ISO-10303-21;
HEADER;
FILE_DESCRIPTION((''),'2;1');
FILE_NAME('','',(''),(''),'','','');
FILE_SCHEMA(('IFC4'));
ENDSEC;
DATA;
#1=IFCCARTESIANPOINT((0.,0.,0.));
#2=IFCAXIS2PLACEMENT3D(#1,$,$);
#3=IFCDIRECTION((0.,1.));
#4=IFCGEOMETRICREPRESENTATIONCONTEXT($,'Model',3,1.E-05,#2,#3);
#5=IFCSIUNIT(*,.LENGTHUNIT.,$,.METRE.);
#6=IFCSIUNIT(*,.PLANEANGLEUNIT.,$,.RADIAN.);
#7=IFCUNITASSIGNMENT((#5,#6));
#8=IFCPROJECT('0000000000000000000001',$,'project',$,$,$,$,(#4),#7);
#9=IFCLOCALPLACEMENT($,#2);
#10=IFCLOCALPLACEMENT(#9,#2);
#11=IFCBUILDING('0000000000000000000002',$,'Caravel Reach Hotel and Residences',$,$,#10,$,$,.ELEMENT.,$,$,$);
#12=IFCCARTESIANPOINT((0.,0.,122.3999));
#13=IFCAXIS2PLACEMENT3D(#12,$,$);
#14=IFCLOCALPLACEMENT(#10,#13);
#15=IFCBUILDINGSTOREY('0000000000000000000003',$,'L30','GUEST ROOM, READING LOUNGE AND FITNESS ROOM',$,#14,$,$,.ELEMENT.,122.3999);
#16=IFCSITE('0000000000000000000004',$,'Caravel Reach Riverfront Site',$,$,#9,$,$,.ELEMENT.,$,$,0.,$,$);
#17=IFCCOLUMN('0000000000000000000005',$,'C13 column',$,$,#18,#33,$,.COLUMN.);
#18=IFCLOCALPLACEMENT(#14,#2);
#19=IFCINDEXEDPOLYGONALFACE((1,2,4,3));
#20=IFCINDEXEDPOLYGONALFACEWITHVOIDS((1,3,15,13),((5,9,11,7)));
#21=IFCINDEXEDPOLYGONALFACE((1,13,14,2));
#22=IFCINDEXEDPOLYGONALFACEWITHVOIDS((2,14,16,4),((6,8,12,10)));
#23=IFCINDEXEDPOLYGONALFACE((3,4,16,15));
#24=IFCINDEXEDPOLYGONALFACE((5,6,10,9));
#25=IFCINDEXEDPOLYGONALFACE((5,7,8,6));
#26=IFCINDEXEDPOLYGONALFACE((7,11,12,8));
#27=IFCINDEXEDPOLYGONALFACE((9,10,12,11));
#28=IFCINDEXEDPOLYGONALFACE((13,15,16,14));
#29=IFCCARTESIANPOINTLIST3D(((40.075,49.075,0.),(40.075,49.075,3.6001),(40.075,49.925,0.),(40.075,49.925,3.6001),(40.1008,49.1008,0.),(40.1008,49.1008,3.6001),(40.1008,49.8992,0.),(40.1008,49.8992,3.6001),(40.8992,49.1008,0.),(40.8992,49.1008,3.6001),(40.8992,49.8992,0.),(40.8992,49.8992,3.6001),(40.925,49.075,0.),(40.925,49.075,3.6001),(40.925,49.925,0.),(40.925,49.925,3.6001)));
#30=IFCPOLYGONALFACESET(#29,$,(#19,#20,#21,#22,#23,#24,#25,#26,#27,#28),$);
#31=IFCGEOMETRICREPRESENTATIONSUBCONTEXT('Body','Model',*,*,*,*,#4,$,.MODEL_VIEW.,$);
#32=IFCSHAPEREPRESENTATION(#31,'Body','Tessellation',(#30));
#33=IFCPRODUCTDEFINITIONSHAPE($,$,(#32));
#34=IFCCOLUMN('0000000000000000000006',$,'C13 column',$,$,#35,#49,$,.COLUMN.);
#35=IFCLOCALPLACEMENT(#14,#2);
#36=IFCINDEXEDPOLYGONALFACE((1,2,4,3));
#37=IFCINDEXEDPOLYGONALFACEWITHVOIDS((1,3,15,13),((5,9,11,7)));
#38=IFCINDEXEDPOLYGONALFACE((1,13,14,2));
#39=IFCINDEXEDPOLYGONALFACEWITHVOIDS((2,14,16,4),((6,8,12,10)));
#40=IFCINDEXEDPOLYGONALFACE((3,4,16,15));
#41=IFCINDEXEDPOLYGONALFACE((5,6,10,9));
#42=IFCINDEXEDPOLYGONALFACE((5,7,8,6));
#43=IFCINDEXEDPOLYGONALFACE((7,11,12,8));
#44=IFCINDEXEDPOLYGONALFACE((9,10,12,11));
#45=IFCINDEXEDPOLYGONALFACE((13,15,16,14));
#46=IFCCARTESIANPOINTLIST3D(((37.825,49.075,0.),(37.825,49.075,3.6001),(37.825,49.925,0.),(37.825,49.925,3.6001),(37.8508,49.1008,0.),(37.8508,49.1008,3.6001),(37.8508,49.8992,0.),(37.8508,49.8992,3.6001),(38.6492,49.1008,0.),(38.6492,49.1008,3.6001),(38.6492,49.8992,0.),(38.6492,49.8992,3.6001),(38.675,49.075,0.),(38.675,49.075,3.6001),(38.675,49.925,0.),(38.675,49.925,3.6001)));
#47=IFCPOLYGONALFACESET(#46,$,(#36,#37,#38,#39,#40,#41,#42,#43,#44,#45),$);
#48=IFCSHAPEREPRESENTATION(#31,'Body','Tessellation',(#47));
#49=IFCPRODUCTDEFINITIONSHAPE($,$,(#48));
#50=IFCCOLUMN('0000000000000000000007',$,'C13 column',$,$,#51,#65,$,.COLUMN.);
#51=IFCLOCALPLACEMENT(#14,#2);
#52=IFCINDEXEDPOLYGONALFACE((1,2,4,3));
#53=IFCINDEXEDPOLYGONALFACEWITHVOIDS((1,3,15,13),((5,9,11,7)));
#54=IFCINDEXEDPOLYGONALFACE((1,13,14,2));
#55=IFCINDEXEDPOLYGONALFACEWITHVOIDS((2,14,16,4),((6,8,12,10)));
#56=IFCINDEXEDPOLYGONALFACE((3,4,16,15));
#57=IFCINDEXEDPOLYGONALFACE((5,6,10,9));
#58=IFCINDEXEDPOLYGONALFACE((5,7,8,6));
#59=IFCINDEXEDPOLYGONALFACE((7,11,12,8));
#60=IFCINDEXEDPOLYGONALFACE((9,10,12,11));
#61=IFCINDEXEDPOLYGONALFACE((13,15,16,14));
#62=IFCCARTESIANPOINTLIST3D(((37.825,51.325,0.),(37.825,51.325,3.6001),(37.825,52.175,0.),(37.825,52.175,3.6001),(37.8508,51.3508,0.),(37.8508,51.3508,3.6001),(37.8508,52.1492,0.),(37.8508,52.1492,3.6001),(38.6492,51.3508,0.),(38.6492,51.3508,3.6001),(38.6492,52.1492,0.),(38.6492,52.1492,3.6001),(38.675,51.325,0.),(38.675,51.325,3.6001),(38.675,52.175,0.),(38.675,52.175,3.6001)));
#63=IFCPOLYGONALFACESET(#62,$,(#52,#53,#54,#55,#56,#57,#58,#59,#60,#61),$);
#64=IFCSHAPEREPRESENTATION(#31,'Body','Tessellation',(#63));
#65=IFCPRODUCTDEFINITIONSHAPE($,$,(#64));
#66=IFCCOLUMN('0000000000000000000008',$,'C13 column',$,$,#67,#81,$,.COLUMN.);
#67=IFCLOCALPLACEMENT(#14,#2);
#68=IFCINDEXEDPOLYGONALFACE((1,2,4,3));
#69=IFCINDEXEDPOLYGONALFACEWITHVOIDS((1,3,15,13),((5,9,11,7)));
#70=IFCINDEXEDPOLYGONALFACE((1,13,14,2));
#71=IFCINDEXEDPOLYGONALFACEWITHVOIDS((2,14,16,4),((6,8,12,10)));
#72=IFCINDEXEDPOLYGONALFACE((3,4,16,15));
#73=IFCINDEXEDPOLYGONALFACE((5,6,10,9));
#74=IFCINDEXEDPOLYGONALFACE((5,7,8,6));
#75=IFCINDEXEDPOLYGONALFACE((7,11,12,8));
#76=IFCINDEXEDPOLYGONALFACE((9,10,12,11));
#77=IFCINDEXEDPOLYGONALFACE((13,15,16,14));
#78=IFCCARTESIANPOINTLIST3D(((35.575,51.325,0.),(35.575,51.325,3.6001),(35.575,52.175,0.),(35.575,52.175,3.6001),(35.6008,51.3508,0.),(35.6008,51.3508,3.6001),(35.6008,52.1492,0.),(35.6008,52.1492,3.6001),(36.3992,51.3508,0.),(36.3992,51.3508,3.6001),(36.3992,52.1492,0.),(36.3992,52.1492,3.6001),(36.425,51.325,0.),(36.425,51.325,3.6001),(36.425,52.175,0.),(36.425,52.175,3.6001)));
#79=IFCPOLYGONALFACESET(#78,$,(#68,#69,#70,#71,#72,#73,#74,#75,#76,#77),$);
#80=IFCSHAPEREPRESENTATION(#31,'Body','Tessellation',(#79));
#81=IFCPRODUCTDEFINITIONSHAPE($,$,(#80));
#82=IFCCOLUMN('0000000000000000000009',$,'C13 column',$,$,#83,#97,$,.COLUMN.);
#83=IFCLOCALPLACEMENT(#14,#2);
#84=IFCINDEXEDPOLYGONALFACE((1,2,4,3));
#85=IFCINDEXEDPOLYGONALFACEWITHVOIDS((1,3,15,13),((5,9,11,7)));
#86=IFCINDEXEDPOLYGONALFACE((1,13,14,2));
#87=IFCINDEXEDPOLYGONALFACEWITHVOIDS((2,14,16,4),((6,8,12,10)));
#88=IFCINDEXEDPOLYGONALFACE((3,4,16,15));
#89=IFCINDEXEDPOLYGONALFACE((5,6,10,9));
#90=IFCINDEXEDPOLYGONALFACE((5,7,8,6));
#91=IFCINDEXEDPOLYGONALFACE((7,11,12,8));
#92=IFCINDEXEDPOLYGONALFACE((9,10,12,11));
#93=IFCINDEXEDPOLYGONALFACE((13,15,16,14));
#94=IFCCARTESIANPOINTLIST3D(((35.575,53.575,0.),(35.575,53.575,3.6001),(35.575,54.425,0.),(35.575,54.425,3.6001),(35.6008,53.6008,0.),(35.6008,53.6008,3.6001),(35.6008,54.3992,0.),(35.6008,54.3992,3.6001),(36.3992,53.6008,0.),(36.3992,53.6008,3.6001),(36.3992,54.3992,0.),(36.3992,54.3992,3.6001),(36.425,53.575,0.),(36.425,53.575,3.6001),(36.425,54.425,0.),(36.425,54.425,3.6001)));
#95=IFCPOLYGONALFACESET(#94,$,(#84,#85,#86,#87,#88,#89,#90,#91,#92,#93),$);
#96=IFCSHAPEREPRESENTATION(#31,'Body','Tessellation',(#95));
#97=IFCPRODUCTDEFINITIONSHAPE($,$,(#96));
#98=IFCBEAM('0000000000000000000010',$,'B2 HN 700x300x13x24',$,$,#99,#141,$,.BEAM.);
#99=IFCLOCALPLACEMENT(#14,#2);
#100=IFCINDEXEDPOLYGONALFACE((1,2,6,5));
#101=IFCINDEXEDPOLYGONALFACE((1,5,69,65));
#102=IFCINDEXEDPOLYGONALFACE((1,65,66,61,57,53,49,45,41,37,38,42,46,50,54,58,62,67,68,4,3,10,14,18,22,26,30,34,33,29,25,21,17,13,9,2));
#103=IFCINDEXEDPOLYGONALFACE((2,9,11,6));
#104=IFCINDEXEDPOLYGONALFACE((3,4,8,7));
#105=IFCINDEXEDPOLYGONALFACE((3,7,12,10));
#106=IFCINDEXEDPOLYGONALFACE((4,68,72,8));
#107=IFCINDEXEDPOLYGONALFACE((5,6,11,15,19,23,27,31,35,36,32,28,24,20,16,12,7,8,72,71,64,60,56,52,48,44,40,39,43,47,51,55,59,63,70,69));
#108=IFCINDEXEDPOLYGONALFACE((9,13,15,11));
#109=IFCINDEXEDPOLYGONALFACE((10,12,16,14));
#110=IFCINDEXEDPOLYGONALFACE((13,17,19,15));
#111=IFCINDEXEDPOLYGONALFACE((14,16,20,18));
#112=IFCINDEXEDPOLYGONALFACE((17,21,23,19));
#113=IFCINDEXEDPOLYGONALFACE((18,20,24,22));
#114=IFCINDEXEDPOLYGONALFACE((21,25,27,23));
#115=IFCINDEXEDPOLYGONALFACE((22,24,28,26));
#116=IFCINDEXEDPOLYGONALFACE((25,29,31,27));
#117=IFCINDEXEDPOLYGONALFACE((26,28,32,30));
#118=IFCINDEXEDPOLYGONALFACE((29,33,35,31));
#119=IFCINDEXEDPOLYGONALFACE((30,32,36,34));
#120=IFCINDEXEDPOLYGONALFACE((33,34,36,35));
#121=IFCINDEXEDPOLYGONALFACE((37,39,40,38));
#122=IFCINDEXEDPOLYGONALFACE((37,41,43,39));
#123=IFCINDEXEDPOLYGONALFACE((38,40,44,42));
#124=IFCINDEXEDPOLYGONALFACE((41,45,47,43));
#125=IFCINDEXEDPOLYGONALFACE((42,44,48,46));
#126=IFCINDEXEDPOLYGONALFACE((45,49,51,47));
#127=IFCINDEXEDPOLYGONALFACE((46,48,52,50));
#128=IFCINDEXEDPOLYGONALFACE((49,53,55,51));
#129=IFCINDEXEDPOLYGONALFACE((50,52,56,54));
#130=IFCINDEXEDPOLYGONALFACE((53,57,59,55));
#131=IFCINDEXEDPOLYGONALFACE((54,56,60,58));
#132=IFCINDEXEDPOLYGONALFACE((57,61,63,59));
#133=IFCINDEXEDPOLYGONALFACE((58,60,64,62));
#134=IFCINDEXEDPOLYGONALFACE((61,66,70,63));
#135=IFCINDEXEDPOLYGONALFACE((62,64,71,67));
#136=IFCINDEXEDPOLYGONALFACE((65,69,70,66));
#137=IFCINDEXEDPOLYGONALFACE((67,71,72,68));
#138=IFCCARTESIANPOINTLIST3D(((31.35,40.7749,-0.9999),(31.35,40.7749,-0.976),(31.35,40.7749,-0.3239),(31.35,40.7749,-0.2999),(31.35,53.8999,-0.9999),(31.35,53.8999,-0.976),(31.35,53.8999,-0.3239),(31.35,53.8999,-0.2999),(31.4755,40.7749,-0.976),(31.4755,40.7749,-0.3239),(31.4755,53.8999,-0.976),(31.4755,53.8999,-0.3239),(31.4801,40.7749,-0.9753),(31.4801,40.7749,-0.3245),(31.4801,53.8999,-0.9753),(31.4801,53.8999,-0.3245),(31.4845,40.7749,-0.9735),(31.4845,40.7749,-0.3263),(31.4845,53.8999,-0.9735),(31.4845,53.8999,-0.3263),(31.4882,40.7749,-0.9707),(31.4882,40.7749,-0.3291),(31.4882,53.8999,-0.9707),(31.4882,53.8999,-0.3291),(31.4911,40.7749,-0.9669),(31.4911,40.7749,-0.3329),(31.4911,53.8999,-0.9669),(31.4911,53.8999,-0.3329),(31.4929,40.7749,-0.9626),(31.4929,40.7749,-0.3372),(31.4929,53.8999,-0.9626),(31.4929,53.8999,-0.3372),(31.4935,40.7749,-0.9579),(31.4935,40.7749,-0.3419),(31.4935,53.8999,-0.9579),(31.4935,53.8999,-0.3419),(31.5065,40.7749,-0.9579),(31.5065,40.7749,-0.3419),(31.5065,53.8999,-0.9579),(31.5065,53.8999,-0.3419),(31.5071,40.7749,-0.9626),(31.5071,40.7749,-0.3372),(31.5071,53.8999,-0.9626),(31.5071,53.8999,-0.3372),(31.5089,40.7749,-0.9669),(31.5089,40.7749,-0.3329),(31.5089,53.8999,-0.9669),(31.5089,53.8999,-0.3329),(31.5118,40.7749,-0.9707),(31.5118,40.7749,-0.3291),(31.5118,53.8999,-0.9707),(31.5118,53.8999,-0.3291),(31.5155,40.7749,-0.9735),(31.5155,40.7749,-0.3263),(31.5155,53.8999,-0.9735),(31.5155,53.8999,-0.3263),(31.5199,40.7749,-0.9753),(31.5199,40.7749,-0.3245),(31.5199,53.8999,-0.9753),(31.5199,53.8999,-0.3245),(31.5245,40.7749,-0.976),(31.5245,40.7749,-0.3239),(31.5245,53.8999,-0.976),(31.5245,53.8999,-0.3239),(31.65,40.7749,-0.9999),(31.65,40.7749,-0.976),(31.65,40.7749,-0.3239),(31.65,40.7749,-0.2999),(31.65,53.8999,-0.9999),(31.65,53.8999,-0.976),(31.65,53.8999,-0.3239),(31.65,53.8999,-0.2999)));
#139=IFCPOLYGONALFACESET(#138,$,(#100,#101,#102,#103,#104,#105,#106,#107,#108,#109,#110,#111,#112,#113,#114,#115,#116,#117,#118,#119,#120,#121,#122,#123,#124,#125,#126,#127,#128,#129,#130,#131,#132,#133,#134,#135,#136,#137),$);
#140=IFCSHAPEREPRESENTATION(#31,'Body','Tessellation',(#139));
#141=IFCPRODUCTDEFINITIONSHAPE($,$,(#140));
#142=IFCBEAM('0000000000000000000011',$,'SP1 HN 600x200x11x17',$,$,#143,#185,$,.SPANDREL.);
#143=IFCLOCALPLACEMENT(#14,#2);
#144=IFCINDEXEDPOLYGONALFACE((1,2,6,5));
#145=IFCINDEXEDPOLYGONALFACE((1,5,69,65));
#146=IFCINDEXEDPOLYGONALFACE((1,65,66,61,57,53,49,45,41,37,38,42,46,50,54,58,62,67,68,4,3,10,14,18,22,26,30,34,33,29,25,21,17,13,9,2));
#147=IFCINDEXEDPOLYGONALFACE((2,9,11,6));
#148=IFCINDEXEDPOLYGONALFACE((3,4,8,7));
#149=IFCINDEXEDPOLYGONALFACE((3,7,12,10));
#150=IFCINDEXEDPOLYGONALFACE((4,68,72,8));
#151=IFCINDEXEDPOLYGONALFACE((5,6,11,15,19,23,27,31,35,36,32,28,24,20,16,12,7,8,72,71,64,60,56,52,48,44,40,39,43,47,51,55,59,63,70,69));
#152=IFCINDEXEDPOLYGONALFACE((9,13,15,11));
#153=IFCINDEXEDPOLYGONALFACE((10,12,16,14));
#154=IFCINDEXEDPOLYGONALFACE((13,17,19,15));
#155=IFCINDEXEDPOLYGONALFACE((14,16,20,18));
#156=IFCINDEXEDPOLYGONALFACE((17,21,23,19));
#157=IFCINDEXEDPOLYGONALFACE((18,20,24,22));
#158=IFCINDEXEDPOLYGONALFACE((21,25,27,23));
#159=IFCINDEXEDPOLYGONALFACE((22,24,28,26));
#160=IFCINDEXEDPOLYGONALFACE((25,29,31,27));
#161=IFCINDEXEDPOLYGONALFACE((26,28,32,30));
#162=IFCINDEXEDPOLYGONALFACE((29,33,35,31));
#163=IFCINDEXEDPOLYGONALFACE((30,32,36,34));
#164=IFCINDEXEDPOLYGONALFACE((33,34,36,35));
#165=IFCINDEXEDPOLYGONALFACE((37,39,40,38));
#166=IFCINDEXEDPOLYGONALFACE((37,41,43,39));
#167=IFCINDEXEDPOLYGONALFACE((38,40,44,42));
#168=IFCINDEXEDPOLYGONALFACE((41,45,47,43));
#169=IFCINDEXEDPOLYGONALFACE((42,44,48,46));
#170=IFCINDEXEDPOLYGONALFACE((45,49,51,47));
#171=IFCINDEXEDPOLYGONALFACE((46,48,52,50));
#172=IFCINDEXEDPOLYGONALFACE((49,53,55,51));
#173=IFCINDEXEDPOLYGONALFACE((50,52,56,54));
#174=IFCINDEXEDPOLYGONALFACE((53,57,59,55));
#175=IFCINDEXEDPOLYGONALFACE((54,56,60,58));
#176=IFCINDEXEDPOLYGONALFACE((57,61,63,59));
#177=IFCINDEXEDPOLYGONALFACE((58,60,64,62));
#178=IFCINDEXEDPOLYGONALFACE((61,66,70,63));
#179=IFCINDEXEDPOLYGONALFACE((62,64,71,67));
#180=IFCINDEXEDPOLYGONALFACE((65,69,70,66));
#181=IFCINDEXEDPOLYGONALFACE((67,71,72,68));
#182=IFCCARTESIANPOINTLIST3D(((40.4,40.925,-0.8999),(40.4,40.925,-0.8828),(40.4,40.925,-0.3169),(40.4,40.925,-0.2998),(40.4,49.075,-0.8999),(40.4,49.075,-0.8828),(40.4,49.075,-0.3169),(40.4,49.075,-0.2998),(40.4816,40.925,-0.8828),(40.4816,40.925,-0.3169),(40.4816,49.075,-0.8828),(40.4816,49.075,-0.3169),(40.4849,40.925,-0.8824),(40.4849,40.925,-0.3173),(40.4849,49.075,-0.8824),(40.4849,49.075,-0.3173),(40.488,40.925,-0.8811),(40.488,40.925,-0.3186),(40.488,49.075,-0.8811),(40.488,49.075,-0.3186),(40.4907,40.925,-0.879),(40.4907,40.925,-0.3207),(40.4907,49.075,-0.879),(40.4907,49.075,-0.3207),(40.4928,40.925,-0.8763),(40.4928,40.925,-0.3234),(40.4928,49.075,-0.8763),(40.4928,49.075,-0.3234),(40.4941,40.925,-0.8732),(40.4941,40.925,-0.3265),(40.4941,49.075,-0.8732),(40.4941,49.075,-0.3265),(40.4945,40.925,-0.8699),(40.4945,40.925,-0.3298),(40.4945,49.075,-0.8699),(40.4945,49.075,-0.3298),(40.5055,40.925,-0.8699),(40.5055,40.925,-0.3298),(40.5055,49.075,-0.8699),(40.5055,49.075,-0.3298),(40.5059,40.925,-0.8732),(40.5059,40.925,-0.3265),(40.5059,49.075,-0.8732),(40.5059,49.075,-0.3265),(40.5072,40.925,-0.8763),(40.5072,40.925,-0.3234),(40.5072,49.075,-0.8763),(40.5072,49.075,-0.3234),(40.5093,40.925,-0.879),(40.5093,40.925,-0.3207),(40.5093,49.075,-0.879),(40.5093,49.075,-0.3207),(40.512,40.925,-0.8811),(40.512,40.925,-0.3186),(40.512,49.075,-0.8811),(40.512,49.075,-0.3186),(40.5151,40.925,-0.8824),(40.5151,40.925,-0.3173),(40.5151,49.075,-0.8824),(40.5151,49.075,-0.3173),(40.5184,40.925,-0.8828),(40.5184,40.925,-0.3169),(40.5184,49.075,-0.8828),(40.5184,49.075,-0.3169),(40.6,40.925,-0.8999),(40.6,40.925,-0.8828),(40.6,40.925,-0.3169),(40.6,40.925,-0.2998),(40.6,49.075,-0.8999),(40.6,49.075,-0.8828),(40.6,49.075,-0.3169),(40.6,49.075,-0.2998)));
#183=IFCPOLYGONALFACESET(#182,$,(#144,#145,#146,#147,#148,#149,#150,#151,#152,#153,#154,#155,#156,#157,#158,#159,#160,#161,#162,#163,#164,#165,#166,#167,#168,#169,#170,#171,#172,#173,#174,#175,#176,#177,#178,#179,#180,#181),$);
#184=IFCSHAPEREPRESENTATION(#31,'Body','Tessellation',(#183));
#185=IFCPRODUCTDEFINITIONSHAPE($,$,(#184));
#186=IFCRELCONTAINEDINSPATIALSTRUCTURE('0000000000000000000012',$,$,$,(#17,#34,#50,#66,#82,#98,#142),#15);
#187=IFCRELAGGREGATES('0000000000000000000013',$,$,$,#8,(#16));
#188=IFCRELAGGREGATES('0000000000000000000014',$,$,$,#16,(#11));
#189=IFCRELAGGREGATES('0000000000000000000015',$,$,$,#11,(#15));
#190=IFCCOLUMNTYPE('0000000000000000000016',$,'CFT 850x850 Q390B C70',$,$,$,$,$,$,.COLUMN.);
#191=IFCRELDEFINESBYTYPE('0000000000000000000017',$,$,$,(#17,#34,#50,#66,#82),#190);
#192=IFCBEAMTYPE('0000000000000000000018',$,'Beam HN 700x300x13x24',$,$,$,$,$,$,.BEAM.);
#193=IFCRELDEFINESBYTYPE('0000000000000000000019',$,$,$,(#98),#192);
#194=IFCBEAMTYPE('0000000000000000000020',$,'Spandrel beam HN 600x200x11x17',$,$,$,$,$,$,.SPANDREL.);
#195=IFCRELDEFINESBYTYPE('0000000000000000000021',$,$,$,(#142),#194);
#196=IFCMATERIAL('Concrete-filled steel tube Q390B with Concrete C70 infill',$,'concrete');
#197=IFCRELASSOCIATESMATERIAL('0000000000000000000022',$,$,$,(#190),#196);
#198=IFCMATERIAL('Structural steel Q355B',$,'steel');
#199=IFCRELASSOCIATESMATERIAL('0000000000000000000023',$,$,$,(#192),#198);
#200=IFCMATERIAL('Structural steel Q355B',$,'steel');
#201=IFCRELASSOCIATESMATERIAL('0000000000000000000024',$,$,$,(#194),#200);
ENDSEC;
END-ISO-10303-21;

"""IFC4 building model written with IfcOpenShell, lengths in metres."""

from ifc_helpers import new_model, si_unit, direction, frame, origin, origin_2d, place, context, subcontext, project, spatial, hollow_rectangle, i_section, extrude, material, material_profile, profile_set, type_object, element, save


model = new_model("IFC4")

# Units and contexts
model_context = context("Model", 3, precision=1e-05, world=origin(), true_north=direction((0.0, 1.0)))
body_context = subcontext(model_context, "Body", "Model", "MODEL_VIEW")
ifc_project = project(units=[si_unit("LENGTHUNIT", "METRE"), si_unit("PLANEANGLEUNIT", "RADIAN")], contexts=[model_context])

# Site, building, storey
site_placement = place(None, origin())
site = spatial("IfcSite", under=ifc_project, at=site_placement, Name="Caravel Reach Riverfront Site", CompositionType="ELEMENT", RefElevation=0.0)
building_placement = place(site_placement, origin())
building = spatial("IfcBuilding", under=site, at=building_placement, Name="Caravel Reach Hotel and Residences", CompositionType="ELEMENT")
storey_placement = place(building_placement, frame((0.0, 0.0, 122.3999)))
storey = spatial("IfcBuildingStorey", under=building, at=storey_placement, Name="L30", Description="GUEST ROOM, READING LOUNGE AND FITNESS ROOM", CompositionType="ELEMENT", Elevation=122.3999)

# Columns
ifc_material_1 = material(Name="Concrete-filled steel tube Q390B with Concrete C70 infill", Category="concrete")
ifc_material_profile_1 = material_profile(ifc_material_1, hollow_rectangle(XDim=0.8501, YDim=0.8501, WallThickness=0.0259, at=origin_2d()), Name="RHS 850x850x26")
ifc_profile_set_1 = profile_set([ifc_material_profile_1], Name="Concrete-filled steel tube Q390B with Concrete C70 infill")
column_type = type_object("IfcColumnType", Name="CFT 850x850 Q390B C70", PredefinedType="COLUMN", material=ifc_profile_set_1)
for number, where, z_axis, x_axis, name in (
    (1, (40.5, 49.5, 0.0), (0.0, 0.0, 1.0), (1.0, 0.0, 0.0), "C13 column"),
    (2, (38.25, 49.5, 0.0), (0.0, 0.0, 1.0), (1.0, 0.0, 0.0), "C13 column"),
    (3, (38.25, 51.75, 0.0), (0.0, 0.0, 1.0), (1.0, 0.0, 0.0), "C13 column"),
    (4, (36.0, 51.75, 0.0), (0.0, 0.0, 1.0), (1.0, 0.0, 0.0), "C13 column"),
    (5, (36.0, 54.0, 0.0), (0.0, 0.0, 1.0), (1.0, 0.0, 0.0), "C13 column"),
):
    element("IfcColumn", number, at=place(storey_placement, frame(where, z_axis=z_axis, x_axis=x_axis)), inside=storey, type_object=column_type, Name=name, PredefinedType="COLUMN", context=body_context, shape_type="SweptSolid", body=[
        extrude(hollow_rectangle(XDim=0.8501, YDim=0.8501, WallThickness=0.0259, at=origin_2d()), origin(), (0.0, 0.0, 1.0), 3.6001),
    ])

# Beams
ifc_material_2 = material(Name="Structural steel Q355B", Category="steel")
ifc_material_profile_2 = material_profile(ifc_material_2, i_section(OverallWidth=0.3, OverallDepth=0.7, WebThickness=0.0129, FlangeThickness=0.0239, FilletRadius=0.0181, at=origin_2d()), Name="HN 700x300x13x24")
ifc_profile_set_2 = profile_set([ifc_material_profile_2], Name="Structural steel Q355B")
beam_type_1 = type_object("IfcBeamType", Name="Beam HN 700x300x13x24", PredefinedType="BEAM", material=ifc_profile_set_2)
beam_1_placement = place(storey_placement, frame((31.5, 40.7749, -0.6499), z_axis=(0.0, 1.0, 0.0), x_axis=(-1.0, 0.0, 0.0)))
element("IfcBeam", 6, at=beam_1_placement, inside=storey, type_object=beam_type_1, Name="B2 HN 700x300x13x24", PredefinedType="BEAM", context=body_context, shape_type="SweptSolid", body=[
    extrude(i_section(OverallWidth=0.3, OverallDepth=0.7, WebThickness=0.0129, FlangeThickness=0.0239, FilletRadius=0.0181, at=origin_2d()), origin(), (0.0, 0.0, 1.0), 13.125),
])
ifc_material_3 = material(Name="Structural steel Q355B", Category="steel")
ifc_material_profile_3 = material_profile(ifc_material_3, i_section(OverallWidth=0.2, OverallDepth=0.6001, WebThickness=0.011, FlangeThickness=0.0171, FilletRadius=0.0129, at=origin_2d()), Name="HN 600x200x11x17")
ifc_profile_set_3 = profile_set([ifc_material_profile_3], Name="Structural steel Q355B")
beam_type_2 = type_object("IfcBeamType", Name="Spandrel beam HN 600x200x11x17", PredefinedType="SPANDREL", material=ifc_profile_set_3)
beam_2_placement = place(storey_placement, frame((40.5, 40.925, -0.5999), z_axis=(0.0, 1.0, 0.0), x_axis=(-1.0, 0.0, 0.0)))
element("IfcBeam", 7, at=beam_2_placement, inside=storey, type_object=beam_type_2, Name="SP1 HN 600x200x11x17", PredefinedType="SPANDREL", context=body_context, shape_type="SweptSolid", body=[
    extrude(i_section(OverallWidth=0.2, OverallDepth=0.6001, WebThickness=0.011, FlangeThickness=0.0171, FilletRadius=0.0129, at=origin_2d()), origin(), (0.0, 0.0, 1.0), 8.1499),
])

save(model, "model.ifc")
